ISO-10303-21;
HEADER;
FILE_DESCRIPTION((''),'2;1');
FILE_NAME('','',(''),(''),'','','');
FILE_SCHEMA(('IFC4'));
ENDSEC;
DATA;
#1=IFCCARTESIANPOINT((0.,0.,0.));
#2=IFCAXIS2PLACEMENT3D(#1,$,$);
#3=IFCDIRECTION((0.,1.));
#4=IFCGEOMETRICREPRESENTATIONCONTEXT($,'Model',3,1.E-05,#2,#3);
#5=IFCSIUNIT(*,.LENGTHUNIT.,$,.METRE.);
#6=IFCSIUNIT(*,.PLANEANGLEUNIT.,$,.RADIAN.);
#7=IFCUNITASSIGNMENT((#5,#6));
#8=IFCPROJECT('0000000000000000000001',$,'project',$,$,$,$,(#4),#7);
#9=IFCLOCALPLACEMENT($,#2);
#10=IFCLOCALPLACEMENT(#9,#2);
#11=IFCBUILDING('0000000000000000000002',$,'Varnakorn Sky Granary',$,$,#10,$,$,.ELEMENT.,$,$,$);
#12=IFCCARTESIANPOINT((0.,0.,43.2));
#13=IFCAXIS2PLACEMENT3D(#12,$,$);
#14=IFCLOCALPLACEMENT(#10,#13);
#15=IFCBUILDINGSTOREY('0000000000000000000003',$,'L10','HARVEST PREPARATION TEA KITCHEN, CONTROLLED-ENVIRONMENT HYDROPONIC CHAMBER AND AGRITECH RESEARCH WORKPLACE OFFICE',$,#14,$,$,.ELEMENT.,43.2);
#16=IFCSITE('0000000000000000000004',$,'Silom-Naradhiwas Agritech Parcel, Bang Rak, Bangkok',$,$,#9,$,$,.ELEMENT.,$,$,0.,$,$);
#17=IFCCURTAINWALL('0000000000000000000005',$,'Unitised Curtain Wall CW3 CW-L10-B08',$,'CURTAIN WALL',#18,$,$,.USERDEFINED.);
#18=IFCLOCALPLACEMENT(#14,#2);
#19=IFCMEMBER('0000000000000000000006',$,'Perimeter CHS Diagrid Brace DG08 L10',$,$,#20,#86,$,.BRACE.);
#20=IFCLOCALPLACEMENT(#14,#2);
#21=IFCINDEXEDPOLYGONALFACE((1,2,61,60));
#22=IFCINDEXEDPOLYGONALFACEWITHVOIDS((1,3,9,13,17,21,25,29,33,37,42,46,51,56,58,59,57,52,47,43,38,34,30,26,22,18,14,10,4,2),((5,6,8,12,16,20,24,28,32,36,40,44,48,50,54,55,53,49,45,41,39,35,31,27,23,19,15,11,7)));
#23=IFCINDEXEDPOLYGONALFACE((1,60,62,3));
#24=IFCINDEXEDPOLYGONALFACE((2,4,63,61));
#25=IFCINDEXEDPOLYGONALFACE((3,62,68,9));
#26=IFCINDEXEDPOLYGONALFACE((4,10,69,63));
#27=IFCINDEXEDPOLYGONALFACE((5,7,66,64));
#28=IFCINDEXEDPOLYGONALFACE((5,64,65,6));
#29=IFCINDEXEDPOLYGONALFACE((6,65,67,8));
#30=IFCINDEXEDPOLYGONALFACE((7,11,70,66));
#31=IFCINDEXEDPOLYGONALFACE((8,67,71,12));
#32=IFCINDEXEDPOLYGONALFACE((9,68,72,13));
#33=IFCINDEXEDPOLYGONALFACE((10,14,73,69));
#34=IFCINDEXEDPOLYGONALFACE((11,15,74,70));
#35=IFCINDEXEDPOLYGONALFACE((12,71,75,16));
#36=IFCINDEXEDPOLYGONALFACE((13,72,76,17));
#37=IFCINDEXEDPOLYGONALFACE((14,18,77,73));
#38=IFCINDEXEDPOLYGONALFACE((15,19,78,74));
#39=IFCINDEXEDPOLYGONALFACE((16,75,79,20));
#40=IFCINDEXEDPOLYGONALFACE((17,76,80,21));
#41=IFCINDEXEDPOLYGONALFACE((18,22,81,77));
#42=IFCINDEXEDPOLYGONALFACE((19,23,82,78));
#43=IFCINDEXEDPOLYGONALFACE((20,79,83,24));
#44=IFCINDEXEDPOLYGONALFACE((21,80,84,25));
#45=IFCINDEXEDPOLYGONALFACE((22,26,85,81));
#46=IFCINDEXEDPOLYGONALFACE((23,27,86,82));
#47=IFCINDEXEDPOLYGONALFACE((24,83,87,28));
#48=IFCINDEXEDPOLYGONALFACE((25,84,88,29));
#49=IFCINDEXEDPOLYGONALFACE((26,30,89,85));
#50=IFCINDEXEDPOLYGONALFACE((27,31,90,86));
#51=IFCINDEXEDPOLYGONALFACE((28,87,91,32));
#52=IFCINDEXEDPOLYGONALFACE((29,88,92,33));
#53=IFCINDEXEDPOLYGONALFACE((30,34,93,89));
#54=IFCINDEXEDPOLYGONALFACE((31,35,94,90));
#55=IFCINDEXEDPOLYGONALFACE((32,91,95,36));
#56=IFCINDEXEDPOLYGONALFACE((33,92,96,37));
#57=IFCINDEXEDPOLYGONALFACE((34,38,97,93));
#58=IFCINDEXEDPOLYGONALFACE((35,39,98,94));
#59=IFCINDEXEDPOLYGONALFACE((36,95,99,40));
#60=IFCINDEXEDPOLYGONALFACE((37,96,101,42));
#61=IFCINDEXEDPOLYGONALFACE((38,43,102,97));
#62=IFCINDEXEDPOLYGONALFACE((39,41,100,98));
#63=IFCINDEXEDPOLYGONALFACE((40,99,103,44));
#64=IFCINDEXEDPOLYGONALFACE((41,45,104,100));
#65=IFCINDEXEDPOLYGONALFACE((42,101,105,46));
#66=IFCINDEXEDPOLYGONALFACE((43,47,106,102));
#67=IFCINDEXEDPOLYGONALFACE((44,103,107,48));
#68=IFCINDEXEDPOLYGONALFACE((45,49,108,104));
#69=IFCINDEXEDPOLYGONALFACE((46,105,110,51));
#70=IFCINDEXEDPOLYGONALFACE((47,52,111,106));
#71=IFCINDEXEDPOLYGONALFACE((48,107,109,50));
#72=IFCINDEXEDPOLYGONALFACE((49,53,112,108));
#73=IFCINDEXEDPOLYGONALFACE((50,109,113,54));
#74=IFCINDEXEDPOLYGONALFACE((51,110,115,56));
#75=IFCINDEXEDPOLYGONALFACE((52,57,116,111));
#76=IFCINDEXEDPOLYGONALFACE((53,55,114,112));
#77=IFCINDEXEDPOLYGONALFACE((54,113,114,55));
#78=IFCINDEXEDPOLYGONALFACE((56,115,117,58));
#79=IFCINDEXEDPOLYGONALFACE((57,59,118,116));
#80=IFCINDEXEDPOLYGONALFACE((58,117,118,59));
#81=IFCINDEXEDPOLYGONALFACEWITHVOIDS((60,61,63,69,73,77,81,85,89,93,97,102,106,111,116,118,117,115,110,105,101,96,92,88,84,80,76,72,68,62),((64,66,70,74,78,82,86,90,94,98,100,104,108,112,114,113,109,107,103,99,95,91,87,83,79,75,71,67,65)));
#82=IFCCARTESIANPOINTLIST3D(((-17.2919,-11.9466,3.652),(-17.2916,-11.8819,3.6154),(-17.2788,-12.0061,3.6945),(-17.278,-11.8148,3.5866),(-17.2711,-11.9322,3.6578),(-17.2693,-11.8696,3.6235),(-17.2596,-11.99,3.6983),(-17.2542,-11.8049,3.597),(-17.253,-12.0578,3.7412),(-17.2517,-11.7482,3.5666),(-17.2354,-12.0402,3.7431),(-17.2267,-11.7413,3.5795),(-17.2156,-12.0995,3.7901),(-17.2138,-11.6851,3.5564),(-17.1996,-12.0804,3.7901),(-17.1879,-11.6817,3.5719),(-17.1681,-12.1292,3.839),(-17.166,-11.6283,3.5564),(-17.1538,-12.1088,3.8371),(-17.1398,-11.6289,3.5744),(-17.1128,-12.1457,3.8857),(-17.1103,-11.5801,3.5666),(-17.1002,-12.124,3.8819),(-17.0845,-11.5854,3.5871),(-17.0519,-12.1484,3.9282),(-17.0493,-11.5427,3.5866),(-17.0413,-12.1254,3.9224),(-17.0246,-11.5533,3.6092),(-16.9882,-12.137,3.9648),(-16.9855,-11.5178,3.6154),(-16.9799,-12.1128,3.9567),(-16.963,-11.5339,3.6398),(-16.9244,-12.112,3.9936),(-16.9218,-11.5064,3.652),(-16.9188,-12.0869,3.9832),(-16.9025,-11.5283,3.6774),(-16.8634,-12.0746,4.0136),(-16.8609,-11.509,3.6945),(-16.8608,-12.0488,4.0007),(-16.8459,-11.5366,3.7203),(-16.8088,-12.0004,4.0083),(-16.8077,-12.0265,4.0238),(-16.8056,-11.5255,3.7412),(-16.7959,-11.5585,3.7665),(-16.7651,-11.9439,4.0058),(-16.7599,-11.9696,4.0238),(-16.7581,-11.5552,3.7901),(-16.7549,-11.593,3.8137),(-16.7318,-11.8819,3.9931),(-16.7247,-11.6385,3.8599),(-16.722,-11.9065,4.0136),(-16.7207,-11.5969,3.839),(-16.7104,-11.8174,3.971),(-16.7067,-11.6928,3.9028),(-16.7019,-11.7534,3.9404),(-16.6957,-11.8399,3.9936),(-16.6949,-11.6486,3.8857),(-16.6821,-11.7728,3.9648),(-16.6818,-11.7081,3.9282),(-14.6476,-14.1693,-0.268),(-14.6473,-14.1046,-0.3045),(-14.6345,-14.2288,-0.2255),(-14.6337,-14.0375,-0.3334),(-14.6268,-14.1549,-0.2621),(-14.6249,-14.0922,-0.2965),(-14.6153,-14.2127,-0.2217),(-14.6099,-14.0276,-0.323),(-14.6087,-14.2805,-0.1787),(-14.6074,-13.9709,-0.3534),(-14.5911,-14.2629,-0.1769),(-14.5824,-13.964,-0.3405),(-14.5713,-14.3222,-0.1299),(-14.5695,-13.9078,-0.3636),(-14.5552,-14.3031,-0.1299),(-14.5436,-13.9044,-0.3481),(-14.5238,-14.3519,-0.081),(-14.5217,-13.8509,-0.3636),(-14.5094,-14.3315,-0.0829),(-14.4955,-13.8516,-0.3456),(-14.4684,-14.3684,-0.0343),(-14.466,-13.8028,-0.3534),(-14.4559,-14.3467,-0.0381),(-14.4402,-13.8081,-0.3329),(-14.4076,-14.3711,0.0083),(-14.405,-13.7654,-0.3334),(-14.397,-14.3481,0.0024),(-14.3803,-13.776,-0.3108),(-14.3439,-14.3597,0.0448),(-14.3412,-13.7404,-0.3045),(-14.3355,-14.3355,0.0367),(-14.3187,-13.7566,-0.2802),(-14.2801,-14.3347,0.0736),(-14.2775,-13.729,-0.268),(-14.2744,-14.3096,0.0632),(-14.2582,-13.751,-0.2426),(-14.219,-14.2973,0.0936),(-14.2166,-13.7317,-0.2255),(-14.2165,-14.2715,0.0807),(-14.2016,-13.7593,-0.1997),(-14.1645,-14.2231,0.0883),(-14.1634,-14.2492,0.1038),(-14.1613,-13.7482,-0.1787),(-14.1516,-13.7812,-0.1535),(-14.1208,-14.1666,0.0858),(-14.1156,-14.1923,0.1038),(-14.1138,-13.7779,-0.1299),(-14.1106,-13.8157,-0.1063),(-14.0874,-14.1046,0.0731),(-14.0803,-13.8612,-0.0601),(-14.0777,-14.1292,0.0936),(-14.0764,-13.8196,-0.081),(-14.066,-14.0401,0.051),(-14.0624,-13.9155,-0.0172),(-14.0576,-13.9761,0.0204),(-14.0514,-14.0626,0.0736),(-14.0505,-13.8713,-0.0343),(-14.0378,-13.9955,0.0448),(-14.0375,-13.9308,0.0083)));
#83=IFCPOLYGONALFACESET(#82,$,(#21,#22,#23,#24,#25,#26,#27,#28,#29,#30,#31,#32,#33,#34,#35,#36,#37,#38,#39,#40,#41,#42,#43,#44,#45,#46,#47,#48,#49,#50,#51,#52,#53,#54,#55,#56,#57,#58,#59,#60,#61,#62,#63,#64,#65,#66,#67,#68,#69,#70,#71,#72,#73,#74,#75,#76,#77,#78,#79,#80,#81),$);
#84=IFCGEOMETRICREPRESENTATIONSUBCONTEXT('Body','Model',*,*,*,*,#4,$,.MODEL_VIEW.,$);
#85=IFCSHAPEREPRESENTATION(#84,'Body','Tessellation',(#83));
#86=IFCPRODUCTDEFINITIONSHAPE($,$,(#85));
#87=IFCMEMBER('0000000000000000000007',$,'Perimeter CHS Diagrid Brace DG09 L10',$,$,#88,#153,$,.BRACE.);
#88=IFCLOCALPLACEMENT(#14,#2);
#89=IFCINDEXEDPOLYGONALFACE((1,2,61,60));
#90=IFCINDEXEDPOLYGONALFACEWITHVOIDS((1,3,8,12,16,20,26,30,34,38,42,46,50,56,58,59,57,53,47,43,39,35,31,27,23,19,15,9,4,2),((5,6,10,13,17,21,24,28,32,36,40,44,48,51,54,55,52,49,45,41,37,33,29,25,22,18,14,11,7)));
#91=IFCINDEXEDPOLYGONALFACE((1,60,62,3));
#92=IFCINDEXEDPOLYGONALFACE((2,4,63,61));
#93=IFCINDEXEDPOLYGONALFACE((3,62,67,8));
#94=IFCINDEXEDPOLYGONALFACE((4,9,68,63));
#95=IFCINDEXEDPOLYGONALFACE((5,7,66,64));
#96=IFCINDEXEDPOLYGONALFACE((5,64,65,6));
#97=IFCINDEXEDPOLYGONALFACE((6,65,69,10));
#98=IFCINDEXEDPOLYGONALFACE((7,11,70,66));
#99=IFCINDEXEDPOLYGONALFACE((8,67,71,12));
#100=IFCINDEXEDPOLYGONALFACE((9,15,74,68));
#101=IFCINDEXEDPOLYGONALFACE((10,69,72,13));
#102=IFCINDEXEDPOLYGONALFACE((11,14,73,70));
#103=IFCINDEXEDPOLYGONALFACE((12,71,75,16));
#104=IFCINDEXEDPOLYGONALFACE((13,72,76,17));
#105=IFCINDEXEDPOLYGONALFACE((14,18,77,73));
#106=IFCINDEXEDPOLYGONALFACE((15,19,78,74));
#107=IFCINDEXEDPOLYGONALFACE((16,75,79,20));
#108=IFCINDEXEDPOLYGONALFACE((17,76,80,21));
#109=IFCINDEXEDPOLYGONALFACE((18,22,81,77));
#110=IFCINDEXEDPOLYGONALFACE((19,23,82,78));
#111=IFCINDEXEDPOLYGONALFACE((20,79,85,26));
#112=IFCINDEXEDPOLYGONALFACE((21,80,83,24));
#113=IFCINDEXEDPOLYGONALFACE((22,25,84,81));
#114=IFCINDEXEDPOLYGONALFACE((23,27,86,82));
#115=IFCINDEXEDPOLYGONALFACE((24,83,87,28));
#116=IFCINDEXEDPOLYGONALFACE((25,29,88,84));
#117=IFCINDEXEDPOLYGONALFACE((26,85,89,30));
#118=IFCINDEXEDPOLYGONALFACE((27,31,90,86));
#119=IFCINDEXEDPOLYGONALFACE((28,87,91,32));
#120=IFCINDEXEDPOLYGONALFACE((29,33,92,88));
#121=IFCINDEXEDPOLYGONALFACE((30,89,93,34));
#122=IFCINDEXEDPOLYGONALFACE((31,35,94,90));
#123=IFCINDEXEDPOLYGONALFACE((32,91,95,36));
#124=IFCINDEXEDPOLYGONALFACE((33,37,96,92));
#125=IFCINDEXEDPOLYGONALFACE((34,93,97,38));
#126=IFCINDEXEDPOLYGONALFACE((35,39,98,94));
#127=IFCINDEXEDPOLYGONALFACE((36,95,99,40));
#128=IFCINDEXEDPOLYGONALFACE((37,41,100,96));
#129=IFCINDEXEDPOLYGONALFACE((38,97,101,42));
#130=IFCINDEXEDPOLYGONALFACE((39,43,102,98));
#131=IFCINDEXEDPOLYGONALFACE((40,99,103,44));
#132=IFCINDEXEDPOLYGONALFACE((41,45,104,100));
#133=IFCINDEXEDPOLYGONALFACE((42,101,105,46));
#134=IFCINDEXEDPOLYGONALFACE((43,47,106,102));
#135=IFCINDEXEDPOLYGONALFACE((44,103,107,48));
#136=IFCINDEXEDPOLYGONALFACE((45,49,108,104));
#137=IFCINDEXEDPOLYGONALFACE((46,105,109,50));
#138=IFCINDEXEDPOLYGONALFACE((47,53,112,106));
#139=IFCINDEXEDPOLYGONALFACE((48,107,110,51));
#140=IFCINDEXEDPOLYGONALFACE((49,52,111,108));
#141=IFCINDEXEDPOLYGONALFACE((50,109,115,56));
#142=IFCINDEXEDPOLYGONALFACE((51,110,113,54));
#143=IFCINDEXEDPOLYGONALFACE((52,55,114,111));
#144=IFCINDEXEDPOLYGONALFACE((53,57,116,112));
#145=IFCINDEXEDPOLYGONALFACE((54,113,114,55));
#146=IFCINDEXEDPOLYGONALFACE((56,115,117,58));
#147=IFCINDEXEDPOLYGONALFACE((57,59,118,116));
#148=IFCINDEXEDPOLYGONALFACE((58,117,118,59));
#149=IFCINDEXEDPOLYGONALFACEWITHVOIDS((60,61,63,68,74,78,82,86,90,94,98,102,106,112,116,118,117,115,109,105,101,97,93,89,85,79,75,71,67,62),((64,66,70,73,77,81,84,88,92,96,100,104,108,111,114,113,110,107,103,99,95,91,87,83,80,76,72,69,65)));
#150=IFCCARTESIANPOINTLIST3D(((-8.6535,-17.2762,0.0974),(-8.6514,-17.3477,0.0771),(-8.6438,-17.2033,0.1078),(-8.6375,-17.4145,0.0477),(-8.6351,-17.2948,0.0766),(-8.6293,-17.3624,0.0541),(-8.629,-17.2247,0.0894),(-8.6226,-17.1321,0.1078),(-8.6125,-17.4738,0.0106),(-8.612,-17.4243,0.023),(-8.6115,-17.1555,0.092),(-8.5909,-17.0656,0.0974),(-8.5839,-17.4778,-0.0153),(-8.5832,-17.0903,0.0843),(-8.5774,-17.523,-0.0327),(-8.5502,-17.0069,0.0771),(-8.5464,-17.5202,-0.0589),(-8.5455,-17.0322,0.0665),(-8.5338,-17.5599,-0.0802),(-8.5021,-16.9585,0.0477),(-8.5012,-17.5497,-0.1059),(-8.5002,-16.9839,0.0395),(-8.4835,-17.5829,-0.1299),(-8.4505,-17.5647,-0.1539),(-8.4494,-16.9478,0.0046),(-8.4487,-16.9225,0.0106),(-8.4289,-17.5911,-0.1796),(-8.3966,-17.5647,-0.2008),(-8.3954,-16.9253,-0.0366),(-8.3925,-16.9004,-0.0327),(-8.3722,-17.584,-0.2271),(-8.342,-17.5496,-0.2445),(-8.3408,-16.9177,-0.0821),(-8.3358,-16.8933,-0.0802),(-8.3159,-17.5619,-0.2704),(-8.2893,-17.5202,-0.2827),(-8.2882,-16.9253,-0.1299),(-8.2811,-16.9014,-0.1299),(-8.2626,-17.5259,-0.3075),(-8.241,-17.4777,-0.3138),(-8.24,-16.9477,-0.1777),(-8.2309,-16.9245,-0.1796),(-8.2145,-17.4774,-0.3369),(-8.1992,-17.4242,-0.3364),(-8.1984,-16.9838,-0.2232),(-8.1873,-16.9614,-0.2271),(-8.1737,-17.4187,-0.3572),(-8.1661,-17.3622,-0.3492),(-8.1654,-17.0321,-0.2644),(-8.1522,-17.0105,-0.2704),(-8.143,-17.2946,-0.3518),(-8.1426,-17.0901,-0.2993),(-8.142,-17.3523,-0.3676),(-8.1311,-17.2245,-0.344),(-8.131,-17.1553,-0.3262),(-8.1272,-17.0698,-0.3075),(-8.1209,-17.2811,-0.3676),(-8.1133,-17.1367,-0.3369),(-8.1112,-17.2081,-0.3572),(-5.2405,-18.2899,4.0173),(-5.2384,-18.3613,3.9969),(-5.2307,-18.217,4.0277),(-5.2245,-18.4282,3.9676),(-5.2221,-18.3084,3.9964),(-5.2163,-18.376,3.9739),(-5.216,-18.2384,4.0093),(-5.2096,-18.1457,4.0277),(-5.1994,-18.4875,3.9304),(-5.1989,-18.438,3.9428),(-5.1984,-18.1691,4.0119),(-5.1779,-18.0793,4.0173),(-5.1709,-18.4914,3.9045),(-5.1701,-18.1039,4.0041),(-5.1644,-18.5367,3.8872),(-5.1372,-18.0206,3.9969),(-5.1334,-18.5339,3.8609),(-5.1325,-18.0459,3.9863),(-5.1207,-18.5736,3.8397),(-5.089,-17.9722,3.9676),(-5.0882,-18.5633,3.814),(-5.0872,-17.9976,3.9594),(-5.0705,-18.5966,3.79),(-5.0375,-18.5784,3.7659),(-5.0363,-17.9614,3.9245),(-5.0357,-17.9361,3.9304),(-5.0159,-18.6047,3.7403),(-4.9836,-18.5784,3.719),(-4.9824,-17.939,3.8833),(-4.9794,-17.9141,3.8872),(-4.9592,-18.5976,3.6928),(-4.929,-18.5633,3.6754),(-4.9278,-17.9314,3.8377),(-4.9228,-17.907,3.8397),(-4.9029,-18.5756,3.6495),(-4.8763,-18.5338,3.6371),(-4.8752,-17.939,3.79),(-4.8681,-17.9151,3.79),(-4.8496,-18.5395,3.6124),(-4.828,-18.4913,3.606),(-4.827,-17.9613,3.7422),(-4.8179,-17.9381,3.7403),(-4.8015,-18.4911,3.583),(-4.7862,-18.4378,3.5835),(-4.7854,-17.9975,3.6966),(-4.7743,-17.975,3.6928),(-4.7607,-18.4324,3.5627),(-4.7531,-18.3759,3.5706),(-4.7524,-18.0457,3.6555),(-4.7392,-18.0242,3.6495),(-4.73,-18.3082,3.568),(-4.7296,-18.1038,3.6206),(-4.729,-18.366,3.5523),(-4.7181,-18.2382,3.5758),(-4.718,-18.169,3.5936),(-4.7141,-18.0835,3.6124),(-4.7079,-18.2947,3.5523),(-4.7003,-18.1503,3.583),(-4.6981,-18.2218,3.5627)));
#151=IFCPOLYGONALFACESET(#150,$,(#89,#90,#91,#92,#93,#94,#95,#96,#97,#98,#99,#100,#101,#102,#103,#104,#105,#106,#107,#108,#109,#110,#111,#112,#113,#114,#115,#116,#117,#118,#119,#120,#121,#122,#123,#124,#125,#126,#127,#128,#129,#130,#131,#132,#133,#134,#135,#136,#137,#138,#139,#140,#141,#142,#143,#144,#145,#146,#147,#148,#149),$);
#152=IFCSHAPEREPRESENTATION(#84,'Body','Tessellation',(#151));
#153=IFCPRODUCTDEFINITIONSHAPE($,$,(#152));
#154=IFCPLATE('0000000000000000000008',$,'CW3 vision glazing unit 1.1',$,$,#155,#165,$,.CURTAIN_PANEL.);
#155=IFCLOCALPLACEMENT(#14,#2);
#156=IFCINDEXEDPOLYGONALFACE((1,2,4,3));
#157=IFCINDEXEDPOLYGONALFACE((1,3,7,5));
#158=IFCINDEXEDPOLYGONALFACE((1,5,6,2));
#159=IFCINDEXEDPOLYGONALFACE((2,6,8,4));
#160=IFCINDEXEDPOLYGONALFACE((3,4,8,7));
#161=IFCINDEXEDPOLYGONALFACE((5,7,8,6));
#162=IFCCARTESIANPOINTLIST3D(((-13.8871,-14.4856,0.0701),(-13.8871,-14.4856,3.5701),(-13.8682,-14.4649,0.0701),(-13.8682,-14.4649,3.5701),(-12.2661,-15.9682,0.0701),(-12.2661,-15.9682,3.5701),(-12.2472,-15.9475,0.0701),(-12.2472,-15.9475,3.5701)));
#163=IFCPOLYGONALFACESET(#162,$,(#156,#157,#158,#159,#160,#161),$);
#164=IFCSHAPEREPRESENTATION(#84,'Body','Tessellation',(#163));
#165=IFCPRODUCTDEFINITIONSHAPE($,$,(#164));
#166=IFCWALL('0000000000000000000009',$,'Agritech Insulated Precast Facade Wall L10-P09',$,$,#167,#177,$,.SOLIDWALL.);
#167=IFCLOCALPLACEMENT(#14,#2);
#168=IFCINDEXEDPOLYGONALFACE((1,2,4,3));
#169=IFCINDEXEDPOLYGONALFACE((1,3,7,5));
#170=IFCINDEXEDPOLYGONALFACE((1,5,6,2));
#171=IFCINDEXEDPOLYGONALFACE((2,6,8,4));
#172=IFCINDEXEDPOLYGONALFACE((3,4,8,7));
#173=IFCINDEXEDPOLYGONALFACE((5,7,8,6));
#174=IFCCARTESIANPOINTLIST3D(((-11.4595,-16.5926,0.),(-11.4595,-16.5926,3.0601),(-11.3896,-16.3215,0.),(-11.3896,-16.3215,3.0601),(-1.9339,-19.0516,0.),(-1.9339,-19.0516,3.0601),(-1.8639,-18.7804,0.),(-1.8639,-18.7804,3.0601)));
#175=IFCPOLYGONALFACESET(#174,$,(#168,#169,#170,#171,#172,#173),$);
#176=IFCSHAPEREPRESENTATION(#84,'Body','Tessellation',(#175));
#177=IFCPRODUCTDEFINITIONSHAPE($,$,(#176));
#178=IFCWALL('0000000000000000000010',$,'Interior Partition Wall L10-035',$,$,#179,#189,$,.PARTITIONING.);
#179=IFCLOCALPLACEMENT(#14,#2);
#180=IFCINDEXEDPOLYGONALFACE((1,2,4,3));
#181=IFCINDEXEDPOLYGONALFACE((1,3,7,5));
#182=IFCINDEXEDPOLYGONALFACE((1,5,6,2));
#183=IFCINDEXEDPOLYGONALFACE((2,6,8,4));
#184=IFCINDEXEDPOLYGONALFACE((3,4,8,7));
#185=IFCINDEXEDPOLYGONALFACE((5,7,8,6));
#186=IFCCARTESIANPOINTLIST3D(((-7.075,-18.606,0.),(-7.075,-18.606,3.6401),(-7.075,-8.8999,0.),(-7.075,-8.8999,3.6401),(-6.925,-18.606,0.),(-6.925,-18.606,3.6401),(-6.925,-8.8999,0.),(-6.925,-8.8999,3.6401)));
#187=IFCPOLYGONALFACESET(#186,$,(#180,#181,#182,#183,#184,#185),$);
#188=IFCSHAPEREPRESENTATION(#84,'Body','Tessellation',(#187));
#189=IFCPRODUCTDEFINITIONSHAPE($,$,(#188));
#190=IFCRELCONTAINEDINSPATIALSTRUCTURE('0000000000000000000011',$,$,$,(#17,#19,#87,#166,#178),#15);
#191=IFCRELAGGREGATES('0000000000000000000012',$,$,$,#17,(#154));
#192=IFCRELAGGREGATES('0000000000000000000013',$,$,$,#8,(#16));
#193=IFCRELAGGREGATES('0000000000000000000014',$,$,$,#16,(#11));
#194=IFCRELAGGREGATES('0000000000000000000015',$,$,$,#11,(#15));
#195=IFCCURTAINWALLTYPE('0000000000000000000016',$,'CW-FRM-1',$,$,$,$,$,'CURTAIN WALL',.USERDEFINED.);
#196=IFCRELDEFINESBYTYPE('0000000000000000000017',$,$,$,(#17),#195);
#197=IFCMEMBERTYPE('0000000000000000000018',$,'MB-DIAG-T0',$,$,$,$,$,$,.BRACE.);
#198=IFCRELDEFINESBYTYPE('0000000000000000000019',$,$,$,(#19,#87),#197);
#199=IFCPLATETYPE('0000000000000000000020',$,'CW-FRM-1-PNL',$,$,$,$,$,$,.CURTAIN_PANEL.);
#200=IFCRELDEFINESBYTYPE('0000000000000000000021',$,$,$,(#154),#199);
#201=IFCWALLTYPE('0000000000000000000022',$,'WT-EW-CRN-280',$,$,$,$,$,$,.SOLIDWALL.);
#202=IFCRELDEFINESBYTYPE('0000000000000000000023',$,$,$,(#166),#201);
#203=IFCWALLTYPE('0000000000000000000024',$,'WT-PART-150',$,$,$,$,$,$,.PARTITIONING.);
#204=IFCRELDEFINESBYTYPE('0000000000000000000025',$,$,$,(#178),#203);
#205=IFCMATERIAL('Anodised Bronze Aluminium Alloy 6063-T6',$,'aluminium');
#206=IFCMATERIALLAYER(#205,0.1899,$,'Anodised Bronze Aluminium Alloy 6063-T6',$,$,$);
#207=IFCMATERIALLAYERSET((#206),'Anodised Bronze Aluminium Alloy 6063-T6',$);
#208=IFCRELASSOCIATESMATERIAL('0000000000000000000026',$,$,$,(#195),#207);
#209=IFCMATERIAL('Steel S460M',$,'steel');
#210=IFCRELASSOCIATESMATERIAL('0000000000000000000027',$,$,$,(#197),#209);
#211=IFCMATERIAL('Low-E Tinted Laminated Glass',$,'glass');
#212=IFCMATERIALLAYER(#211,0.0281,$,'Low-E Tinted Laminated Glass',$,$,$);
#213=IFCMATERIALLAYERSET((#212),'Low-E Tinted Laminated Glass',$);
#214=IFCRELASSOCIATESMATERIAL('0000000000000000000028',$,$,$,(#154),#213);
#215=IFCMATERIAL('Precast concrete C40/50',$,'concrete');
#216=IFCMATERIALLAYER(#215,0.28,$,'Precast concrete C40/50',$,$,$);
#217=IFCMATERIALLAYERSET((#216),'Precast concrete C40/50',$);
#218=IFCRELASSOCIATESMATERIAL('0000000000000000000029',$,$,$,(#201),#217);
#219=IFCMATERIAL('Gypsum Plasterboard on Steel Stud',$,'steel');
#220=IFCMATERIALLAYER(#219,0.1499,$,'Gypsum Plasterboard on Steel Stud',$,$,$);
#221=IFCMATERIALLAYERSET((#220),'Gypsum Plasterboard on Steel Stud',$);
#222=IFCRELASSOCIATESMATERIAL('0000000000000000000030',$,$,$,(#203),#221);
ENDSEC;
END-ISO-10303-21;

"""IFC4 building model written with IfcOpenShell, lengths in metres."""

from ifc_helpers import new_model, si_unit, direction, frame, frame_2d, origin, origin_2d, place, context, subcontext, project, spatial, rectangle, hollow_circle, extrude, source, transform, mapped, material, layer, layer_set, material_profile, profile_set, type_object, type_shapes, element, aggregate, save


model = new_model("IFC4")

# Units and contexts
model_context = context("Model", 3, precision=1e-05, world=origin(), true_north=direction((0.0, 1.0)))
body_context = subcontext(model_context, "Body", "Model", "MODEL_VIEW")
ifc_project = project(units=[si_unit("LENGTHUNIT", "METRE"), si_unit("PLANEANGLEUNIT", "RADIAN")], contexts=[model_context])

# Site, building, storey
site_placement = place(None, origin())
site = spatial("IfcSite", under=ifc_project, at=site_placement, Name="Silom-Naradhiwas Agritech Parcel, Bang Rak, Bangkok", CompositionType="ELEMENT", RefElevation=0.0)
building_placement = place(site_placement, origin())
building = spatial("IfcBuilding", under=site, at=building_placement, Name="Varnakorn Sky Granary", CompositionType="ELEMENT")
storey_placement = place(building_placement, frame((0.0, 0.0, 43.2)))
storey = spatial("IfcBuildingStorey", under=building, at=storey_placement, Name="L10", Description="HARVEST PREPARATION TEA KITCHEN, CONTROLLED-ENVIRONMENT HYDROPONIC CHAMBER AND AGRITECH RESEARCH WORKPLACE OFFICE", CompositionType="ELEMENT", Elevation=43.2)

# Shared definitions
ifc_material_1 = material(Name="Steel S460M", Category="steel")

# Curtain wall
ifc_material_2 = material(Name="Anodised Bronze Aluminium Alloy 6063-T6", Category="aluminium")
ifc_layer_1 = layer(ifc_material_2, 0.1899, Name="Anodised Bronze Aluminium Alloy 6063-T6")
ifc_layer_set_1 = layer_set([ifc_layer_1], Name="Anodised Bronze Aluminium Alloy 6063-T6")
curtain_wall_type = type_object("IfcCurtainWallType", Name="CW-FRM-1", ElementType="CURTAIN WALL", PredefinedType="USERDEFINED", material=ifc_layer_set_1)
curtain_wall_1_placement = place(storey_placement, origin())
curtain_wall_1 = element("IfcCurtainWall", 1, at=curtain_wall_1_placement, inside=storey, type_object=curtain_wall_type, Name="Unitised Curtain Wall CW3 CW-L10-B08", ObjectType="CURTAIN WALL", PredefinedType="USERDEFINED")

# Members
ifc_material_profile_1 = material_profile(ifc_material_1, hollow_circle(Radius=0.3555, WallThickness=0.0249, at=origin_2d()), Name="CHS 711x25")
ifc_profile_set_1 = profile_set([ifc_material_profile_1], Name="Steel S460M")
member_type_1 = type_object("IfcMemberType", Name="MB-DIAG-T0", PredefinedType="BRACE", material=ifc_profile_set_1)
member_1_placement = place(storey_placement, frame((-14.3425, -14.05, -0.1299), z_axis=(-0.506106, 0.425407, 0.750257), x_axis=(-0.643439, -0.765497, 0.0)))
element("IfcMember", 2, at=member_1_placement, inside=storey, type_object=member_type_1, Name="Perimeter CHS Diagrid Brace DG08 L10", PredefinedType="BRACE", context=body_context, shape_type="SweptSolid", body=[
    extrude(hollow_circle(Radius=0.3555, WallThickness=0.0249, at=origin_2d()), origin(), (0.0, 0.0, 1.0), 5.2249),
])
member_2_placement = place(storey_placement, frame((-8.3823, -17.2422, -0.1299), z_axis=(0.644524, -0.191421, 0.740234), x_axis=(0.284705, 0.958615, 0.0)))
element("IfcMember", 3, at=member_2_placement, inside=storey, type_object=member_type_1, Name="Perimeter CHS Diagrid Brace DG09 L10", PredefinedType="BRACE", context=body_context, shape_type="SweptSolid", body=[
    extrude(hollow_circle(Radius=0.3555, WallThickness=0.0249, at=origin_2d()), origin(), (0.0, 0.0, 1.0), 5.2954),
])

# Plate
ifc_material_3 = material(Name="Low-E Tinted Laminated Glass", Category="glass")
ifc_layer_2 = layer(ifc_material_3, 0.0281, Name="Low-E Tinted Laminated Glass")
ifc_layer_set_2 = layer_set([ifc_layer_2], Name="Low-E Tinted Laminated Glass")
plate_type = type_object("IfcPlateType", Name="CW-FRM-1-PNL", PredefinedType="CURTAIN_PANEL")
shared_shape_1 = source(origin(), body_context, "Body", "SweptSolid", [
    extrude(rectangle(XDim=2.1968, YDim=0.0281, at=origin_2d()), origin(), (0.0, 0.0, 1.0), 3.5),
])
type_shapes(plate_type, [shared_shape_1])
plate_placement = place(storey_placement, frame((-13.0671, -15.2166, 0.0701), z_axis=(0.0, 0.0, 1.0), x_axis=(-0.737906, 0.674903, 0.0)))
plate = element("IfcPlate", 4, at=plate_placement, type_object=plate_type, material=ifc_layer_set_2, Name="CW3 vision glazing unit 1.1", PredefinedType="CURTAIN_PANEL", context=body_context, shape_type="MappedRepresentation", body=[
    mapped(shared_shape_1, transform((0.0, 0.0, 0.0), x_axis=(1.0, 0.0, 0.0), y_axis=(0.0, 1.0, 0.0), z_axis=(0.0, 0.0, 1.0), scale=1.0)),
])
aggregate(curtain_wall_1, [plate])

# Walls
ifc_material_4 = material(Name="Precast concrete C40/50", Category="concrete")
ifc_layer_3 = layer(ifc_material_4, 0.28, Name="Precast concrete C40/50")
ifc_layer_set_3 = layer_set([ifc_layer_3], Name="Precast concrete C40/50")
wall_type_1 = type_object("IfcWallType", Name="WT-EW-CRN-280", PredefinedType="SOLIDWALL", material=ifc_layer_set_3)
wall_1_placement = place(storey_placement, frame((-1.8989, -18.916, 0.0), z_axis=(0.0, 0.0, 1.0), x_axis=(-0.968259, 0.24995, 0.0)))
element("IfcWall", 5, at=wall_1_placement, inside=storey, type_object=wall_type_1, Name="Agritech Insulated Precast Facade Wall L10-P09", PredefinedType="SOLIDWALL", context=body_context, shape_type="SweptSolid", body=[
    extrude(rectangle(XDim=9.8379, YDim=0.28, at=frame_2d((4.9189, 0.0))), origin(), (0.0, 0.0, 1.0), 3.0601),
])
ifc_material_5 = material(Name="Gypsum Plasterboard on Steel Stud", Category="steel")
ifc_layer_4 = layer(ifc_material_5, 0.1499, Name="Gypsum Plasterboard on Steel Stud")
ifc_layer_set_4 = layer_set([ifc_layer_4], Name="Gypsum Plasterboard on Steel Stud")
wall_type_2 = type_object("IfcWallType", Name="WT-PART-150", PredefinedType="PARTITIONING", material=ifc_layer_set_4)
wall_2_placement = place(storey_placement, frame((-7.0, -18.606, 0.0), z_axis=(0.0, 0.0, 1.0), x_axis=(0.0, 1.0, 0.0)))
element("IfcWall", 6, at=wall_2_placement, inside=storey, type_object=wall_type_2, Name="Interior Partition Wall L10-035", PredefinedType="PARTITIONING", context=body_context, shape_type="SweptSolid", body=[
    extrude(rectangle(XDim=9.7061, YDim=0.1499, at=frame_2d((4.853, 0.0))), origin(), (0.0, 0.0, 1.0), 3.6401),
])

save(model, "model.ifc")
